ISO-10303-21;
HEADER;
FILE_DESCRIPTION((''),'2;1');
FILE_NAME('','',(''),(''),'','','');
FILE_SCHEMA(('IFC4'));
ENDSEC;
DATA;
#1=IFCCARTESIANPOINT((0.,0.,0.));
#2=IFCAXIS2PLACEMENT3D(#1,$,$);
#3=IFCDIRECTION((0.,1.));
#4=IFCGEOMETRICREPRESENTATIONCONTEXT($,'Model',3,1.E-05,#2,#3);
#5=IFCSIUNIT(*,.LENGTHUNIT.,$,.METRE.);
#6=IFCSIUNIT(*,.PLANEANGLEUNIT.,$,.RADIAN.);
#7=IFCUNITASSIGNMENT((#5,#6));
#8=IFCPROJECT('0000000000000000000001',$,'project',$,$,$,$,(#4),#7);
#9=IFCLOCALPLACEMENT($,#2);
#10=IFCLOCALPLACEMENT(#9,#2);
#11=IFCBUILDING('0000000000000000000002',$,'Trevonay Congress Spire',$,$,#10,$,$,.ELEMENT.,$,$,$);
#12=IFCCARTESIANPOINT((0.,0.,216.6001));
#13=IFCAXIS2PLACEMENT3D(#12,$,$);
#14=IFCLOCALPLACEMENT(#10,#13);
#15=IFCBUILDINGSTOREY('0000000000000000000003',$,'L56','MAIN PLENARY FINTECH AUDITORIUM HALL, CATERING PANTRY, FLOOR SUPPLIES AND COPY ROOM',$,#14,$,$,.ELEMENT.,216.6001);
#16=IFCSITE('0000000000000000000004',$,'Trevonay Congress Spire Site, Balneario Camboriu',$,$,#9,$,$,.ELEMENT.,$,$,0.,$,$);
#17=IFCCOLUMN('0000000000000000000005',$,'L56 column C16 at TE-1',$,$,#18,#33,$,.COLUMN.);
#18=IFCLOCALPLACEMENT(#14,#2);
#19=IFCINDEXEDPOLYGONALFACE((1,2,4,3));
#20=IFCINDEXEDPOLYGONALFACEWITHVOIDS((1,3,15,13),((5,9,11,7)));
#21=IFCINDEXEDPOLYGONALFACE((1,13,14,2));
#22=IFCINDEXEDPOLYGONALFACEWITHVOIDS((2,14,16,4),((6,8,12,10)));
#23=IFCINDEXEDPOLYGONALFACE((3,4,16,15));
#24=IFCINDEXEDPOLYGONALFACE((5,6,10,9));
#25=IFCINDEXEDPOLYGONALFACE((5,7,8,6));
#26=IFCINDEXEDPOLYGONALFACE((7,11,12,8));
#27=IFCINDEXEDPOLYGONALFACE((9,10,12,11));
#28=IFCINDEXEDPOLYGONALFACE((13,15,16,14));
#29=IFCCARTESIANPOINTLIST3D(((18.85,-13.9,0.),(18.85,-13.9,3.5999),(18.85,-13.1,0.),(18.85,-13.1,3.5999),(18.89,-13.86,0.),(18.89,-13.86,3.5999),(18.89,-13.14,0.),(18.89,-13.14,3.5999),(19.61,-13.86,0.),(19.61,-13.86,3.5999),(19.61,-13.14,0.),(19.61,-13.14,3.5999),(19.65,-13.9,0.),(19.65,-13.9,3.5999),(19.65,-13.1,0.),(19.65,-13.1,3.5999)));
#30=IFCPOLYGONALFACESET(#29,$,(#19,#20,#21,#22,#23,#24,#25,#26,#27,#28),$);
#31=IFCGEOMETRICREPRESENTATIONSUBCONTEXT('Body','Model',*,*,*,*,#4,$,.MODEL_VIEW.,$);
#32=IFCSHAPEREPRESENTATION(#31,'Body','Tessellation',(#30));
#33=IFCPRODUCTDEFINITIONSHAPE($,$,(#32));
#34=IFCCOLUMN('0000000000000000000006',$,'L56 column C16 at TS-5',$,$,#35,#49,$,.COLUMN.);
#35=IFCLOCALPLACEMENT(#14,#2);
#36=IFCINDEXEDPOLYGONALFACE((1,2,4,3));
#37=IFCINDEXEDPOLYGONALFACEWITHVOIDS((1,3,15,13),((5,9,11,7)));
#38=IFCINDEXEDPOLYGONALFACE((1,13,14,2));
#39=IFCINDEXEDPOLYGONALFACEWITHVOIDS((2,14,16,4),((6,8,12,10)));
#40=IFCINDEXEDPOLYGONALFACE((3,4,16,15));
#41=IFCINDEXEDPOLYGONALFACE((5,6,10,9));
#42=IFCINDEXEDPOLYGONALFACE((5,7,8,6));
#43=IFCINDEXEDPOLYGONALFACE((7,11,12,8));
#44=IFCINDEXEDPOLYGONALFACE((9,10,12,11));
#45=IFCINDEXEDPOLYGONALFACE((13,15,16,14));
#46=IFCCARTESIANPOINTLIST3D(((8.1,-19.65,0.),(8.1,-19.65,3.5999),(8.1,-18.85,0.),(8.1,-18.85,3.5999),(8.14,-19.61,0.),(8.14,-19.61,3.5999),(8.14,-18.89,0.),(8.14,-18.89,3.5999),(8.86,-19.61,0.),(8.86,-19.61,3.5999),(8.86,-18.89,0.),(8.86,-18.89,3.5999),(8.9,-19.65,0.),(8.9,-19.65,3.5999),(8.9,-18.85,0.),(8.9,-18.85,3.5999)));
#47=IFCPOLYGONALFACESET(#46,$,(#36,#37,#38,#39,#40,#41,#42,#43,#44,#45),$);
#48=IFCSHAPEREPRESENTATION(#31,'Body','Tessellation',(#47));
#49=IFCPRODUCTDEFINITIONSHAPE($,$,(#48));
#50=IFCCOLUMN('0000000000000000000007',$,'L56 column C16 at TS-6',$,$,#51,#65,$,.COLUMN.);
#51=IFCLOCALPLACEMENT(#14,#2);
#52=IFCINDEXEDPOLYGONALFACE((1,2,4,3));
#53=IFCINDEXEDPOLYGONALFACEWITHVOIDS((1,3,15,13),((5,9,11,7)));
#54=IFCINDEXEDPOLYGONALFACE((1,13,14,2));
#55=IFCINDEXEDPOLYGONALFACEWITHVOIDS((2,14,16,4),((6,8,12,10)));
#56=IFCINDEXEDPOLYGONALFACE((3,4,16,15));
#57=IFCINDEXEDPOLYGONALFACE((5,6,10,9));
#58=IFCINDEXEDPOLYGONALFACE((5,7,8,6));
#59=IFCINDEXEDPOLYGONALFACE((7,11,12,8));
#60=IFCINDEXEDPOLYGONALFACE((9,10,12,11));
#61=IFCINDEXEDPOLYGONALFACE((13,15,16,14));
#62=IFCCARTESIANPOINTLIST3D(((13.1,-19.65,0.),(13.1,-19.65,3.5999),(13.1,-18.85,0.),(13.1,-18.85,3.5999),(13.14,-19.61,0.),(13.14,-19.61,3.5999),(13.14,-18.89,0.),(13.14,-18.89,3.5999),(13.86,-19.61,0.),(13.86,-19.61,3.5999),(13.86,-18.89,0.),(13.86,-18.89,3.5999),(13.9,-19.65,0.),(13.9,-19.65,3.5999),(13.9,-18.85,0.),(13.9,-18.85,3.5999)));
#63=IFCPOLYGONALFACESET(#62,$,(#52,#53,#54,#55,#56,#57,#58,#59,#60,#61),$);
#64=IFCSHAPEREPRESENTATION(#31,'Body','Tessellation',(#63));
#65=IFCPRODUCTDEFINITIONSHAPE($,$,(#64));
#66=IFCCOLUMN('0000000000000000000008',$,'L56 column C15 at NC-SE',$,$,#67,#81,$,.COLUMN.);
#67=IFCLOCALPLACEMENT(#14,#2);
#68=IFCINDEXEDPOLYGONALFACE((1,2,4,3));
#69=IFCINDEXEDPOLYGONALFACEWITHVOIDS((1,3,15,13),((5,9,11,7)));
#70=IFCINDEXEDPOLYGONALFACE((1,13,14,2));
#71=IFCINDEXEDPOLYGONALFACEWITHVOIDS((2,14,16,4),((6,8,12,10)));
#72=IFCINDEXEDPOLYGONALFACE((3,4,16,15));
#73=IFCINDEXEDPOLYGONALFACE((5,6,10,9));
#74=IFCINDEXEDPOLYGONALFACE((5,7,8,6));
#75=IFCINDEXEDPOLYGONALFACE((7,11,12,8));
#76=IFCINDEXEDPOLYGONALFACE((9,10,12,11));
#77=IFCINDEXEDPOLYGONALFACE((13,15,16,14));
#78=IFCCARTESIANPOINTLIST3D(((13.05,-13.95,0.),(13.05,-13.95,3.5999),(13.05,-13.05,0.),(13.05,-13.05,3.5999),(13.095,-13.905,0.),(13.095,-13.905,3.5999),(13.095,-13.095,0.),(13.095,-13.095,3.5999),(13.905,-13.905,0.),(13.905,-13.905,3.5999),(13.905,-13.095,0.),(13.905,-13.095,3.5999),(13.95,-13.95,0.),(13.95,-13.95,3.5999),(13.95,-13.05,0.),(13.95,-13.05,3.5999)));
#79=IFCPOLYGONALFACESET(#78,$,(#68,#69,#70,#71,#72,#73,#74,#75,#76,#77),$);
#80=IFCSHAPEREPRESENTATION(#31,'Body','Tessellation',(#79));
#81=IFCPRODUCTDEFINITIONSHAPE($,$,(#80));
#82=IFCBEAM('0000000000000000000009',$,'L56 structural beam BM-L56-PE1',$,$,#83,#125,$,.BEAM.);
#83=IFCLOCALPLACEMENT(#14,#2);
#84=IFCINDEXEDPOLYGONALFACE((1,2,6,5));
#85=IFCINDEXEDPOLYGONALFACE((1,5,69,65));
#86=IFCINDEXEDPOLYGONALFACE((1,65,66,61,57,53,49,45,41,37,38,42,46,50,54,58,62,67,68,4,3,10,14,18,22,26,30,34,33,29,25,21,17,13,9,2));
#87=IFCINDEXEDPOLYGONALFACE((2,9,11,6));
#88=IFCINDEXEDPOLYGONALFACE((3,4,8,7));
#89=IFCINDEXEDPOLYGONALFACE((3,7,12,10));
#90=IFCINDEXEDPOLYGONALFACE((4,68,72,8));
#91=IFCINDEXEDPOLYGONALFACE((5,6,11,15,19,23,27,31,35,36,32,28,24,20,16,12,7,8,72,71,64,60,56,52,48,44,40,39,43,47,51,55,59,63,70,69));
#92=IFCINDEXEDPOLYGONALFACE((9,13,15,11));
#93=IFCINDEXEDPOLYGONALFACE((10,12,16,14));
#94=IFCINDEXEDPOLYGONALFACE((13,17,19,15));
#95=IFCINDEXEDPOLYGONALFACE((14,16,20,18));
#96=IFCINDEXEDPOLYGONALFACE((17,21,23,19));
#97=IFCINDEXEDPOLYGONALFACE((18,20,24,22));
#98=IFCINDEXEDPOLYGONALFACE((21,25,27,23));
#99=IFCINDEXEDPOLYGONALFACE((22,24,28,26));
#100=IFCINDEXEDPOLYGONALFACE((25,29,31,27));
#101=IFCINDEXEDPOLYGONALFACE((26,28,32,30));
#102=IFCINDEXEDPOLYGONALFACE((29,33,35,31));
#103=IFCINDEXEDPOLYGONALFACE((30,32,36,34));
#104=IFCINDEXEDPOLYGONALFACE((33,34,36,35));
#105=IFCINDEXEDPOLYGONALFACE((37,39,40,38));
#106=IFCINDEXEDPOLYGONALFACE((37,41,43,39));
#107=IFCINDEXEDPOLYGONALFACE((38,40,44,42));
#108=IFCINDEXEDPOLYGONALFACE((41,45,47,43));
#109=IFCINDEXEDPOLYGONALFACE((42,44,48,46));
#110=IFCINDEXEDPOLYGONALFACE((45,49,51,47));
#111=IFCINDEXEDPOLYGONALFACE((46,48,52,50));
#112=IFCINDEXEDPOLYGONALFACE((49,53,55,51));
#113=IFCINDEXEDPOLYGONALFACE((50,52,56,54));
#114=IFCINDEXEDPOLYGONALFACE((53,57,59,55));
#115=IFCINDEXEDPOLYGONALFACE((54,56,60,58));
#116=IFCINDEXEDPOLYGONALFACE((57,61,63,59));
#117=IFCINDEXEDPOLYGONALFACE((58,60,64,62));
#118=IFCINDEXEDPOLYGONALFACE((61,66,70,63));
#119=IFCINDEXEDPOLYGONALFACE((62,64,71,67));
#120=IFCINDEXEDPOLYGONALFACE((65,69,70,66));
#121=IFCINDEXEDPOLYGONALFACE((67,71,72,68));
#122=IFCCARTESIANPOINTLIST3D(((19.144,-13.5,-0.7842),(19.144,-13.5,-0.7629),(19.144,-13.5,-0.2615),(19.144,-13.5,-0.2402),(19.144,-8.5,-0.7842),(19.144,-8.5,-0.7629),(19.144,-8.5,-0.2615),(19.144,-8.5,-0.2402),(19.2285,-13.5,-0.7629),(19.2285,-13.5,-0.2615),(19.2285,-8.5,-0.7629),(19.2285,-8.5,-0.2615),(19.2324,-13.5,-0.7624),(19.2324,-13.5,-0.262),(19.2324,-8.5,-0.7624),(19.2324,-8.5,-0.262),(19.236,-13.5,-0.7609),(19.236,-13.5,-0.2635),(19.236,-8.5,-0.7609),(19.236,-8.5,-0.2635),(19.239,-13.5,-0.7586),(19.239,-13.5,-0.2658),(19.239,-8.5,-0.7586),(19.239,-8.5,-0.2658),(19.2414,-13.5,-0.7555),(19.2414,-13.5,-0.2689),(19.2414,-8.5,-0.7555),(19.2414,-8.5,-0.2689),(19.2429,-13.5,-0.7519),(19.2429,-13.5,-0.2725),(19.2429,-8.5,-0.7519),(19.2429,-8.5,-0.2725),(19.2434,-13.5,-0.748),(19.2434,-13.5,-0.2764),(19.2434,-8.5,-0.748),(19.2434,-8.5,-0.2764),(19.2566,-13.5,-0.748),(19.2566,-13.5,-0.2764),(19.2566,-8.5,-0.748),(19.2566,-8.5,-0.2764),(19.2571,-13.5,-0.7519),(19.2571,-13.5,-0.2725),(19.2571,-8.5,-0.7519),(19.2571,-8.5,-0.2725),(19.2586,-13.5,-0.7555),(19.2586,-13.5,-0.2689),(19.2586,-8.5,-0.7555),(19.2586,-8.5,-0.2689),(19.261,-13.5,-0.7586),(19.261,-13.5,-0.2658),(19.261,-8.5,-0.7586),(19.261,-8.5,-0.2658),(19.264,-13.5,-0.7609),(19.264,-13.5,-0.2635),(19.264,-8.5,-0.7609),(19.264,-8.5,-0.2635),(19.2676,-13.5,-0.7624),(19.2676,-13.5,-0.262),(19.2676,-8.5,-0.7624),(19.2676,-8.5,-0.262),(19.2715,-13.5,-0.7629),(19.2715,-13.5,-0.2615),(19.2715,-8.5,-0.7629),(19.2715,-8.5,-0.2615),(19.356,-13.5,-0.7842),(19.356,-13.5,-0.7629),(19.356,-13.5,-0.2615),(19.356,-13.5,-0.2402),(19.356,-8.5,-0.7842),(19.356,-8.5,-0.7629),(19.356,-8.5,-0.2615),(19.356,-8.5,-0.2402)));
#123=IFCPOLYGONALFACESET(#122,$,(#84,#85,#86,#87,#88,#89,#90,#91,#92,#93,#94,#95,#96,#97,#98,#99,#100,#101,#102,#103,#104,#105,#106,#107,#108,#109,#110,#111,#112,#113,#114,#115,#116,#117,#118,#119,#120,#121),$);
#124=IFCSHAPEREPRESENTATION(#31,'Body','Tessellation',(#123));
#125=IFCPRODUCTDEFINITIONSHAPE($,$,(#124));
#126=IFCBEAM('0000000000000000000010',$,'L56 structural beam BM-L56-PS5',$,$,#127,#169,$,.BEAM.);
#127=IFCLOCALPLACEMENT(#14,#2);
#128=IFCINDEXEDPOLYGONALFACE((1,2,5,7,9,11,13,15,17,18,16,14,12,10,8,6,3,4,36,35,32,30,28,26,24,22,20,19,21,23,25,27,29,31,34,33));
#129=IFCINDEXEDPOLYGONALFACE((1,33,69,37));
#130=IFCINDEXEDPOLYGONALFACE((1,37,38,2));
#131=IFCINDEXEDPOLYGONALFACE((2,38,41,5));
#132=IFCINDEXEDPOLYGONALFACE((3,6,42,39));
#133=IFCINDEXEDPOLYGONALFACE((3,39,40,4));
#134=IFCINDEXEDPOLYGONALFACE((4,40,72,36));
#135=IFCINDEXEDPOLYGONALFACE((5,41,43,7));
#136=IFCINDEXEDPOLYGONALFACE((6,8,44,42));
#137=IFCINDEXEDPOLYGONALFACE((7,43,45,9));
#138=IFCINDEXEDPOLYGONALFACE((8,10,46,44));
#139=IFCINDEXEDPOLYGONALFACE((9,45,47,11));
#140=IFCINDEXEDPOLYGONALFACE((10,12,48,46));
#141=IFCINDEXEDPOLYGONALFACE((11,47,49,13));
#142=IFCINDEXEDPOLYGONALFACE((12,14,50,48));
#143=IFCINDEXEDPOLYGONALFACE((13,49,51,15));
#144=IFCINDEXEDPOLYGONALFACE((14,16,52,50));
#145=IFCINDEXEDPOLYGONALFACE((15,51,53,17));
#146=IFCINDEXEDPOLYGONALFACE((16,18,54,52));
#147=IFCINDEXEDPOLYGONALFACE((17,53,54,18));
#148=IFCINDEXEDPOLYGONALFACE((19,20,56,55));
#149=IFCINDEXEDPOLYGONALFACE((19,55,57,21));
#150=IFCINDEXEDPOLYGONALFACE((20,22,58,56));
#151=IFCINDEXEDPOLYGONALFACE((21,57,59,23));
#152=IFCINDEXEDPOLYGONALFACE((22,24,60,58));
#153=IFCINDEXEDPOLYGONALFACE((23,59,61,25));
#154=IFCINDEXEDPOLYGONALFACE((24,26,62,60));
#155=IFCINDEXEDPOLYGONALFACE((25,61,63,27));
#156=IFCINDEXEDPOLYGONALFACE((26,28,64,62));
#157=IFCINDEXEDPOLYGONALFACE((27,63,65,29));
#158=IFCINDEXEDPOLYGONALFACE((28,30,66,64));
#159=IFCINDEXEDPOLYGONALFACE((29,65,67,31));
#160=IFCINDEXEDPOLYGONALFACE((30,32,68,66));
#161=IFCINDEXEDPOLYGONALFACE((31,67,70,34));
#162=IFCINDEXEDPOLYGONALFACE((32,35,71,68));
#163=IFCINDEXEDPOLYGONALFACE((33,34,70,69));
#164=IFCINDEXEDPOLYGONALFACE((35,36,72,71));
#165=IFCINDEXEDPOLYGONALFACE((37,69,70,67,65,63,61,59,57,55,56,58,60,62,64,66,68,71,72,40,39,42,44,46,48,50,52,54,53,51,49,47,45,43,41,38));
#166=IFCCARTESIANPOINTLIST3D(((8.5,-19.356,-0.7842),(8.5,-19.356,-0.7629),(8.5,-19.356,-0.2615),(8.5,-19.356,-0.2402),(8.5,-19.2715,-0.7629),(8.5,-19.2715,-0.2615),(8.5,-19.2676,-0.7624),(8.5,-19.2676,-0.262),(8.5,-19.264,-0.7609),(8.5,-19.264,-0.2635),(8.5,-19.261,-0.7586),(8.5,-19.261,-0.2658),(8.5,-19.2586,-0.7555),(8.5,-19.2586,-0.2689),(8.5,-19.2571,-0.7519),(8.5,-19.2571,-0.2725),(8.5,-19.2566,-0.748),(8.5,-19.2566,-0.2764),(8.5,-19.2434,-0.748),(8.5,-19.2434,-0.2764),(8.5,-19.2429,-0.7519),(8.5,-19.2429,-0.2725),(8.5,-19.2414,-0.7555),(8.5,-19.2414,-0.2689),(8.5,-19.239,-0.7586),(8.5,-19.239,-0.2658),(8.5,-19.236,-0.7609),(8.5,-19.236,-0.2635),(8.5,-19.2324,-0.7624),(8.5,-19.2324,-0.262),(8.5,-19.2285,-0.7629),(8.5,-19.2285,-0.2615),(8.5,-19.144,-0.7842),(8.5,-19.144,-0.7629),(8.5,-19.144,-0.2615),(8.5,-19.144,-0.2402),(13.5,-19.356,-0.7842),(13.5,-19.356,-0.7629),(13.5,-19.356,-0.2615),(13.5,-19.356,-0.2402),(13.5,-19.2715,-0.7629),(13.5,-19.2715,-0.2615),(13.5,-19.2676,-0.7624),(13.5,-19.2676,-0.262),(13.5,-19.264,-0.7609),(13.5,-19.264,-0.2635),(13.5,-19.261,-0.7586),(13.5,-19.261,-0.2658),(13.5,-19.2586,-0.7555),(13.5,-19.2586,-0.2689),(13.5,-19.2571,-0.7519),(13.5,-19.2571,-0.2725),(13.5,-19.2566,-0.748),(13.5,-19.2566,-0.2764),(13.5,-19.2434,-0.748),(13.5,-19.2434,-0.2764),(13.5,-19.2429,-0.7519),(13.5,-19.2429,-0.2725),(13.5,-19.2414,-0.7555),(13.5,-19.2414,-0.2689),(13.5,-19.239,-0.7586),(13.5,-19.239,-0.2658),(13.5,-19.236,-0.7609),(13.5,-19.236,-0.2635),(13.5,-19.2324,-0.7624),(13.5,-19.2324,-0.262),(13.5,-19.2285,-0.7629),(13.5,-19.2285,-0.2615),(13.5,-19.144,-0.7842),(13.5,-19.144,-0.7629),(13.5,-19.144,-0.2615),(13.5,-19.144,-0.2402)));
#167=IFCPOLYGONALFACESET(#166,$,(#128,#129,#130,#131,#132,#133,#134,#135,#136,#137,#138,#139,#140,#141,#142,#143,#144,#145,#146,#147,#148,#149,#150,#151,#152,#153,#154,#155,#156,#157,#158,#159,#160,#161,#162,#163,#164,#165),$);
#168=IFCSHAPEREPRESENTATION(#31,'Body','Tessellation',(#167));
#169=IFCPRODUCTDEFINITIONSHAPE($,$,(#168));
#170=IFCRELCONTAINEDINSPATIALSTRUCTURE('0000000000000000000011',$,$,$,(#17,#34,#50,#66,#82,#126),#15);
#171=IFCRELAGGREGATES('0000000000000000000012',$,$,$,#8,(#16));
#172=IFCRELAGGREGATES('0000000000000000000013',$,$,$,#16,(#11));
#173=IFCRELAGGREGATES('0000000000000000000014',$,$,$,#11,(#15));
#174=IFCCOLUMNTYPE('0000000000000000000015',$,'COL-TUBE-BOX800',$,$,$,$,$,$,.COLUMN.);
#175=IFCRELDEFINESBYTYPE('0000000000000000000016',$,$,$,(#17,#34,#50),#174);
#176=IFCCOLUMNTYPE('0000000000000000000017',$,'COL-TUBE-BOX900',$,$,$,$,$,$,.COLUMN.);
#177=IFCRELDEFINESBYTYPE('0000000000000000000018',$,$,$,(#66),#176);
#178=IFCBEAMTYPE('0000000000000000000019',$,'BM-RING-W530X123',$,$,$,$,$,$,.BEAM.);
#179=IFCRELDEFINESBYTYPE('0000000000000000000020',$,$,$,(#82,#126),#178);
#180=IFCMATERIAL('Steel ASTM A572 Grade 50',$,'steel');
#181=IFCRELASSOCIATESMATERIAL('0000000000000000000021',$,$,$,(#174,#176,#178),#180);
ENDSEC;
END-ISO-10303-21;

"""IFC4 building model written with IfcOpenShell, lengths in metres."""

from ifc_helpers import new_model, si_unit, direction, frame, origin, origin_2d, place, context, subcontext, project, spatial, hollow_rectangle, i_section, extrude, material, material_profile, profile_set, type_object, element, save


model = new_model("IFC4")

# Units and contexts
model_context = context("Model", 3, precision=1e-05, world=origin(), true_north=direction((0.0, 1.0)))
body_context = subcontext(model_context, "Body", "Model", "MODEL_VIEW")
ifc_project = project(units=[si_unit("LENGTHUNIT", "METRE"), si_unit("PLANEANGLEUNIT", "RADIAN")], contexts=[model_context])

# Site, building, storey
site_placement = place(None, origin())
site = spatial("IfcSite", under=ifc_project, at=site_placement, Name="Trevonay Congress Spire Site, Balneario Camboriu", CompositionType="ELEMENT", RefElevation=0.0)
building_placement = place(site_placement, origin())
building = spatial("IfcBuilding", under=site, at=building_placement, Name="Trevonay Congress Spire", CompositionType="ELEMENT")
storey_placement = place(building_placement, frame((0.0, 0.0, 216.6001)))
storey = spatial("IfcBuildingStorey", under=building, at=storey_placement, Name="L56", Description="MAIN PLENARY FINTECH AUDITORIUM HALL, CATERING PANTRY, FLOOR SUPPLIES AND COPY ROOM", CompositionType="ELEMENT", Elevation=216.6001)

# Columns
ifc_material_1 = material(Name="Steel ASTM A572 Grade 50", Category="steel")
ifc_material_profile_1 = material_profile(ifc_material_1, hollow_rectangle(XDim=0.8, YDim=0.8, WallThickness=0.04, at=origin_2d()), Name="BOX 800x800x40")
ifc_profile_set_1 = profile_set([ifc_material_profile_1], Name="Steel ASTM A572 Grade 50")
column_type_1 = type_object("IfcColumnType", Name="COL-TUBE-BOX800", PredefinedType="COLUMN", material=ifc_profile_set_1)
for number, where, z_axis, x_axis, name in (
    (1, (19.25, -13.5, 0.0), (0.0, 0.0, 1.0), (1.0, 0.0, 0.0), "L56 column C16 at TE-1"),
    (2, (8.5, -19.25, 0.0), (0.0, 0.0, 1.0), (1.0, 0.0, 0.0), "L56 column C16 at TS-5"),
    (3, (13.5, -19.25, 0.0), (0.0, 0.0, 1.0), (1.0, 0.0, 0.0), "L56 column C16 at TS-6"),
):
    element("IfcColumn", number, at=place(storey_placement, frame(where, z_axis=z_axis, x_axis=x_axis)), inside=storey, type_object=column_type_1, Name=name, PredefinedType="COLUMN", context=body_context, shape_type="SweptSolid", body=[
        extrude(hollow_rectangle(XDim=0.8, YDim=0.8, WallThickness=0.04, at=origin_2d()), origin(), (0.0, 0.0, 1.0), 3.5999),
    ])
ifc_material_profile_2 = material_profile(ifc_material_1, hollow_rectangle(XDim=0.8999, YDim=0.8999, WallThickness=0.0449, at=origin_2d()), Name="BOX 900x900x45")
ifc_profile_set_2 = profile_set([ifc_material_profile_2], Name="Steel ASTM A572 Grade 50")
column_type_2 = type_object("IfcColumnType", Name="COL-TUBE-BOX900", PredefinedType="COLUMN", material=ifc_profile_set_2)
column_placement = place(storey_placement, frame((13.5, -13.5, 0.0), z_axis=(0.0, 0.0, 1.0), x_axis=(1.0, 0.0, 0.0)))
element("IfcColumn", 4, at=column_placement, inside=storey, type_object=column_type_2, Name="L56 column C15 at NC-SE", PredefinedType="COLUMN", context=body_context, shape_type="SweptSolid", body=[
    extrude(hollow_rectangle(XDim=0.8999, YDim=0.8999, WallThickness=0.0449, at=origin_2d()), origin(), (0.0, 0.0, 1.0), 3.5999),
])

# Beams
ifc_material_profile_3 = material_profile(ifc_material_1, i_section(OverallWidth=0.2119, OverallDepth=0.5439, WebThickness=0.0132, FlangeThickness=0.0212, FilletRadius=0.0149, at=origin_2d()), Name="W530x123")
ifc_profile_set_3 = profile_set([ifc_material_profile_3], Name="Steel ASTM A572 Grade 50")
beam_type_1 = type_object("IfcBeamType", Name="BM-RING-W530X123", PredefinedType="BEAM", material=ifc_profile_set_3)
for number, where, z_axis, x_axis, name in (
    (5, (19.25, -13.5, -0.5122), (0.0, 1.0, 0.0), (-1.0, 0.0, 0.0), "L56 structural beam BM-L56-PE1"),
    (6, (8.5, -19.25, -0.5122), (1.0, 0.0, 0.0), (0.0, 1.0, 0.0), "L56 structural beam BM-L56-PS5"),
):
    element("IfcBeam", number, at=place(storey_placement, frame(where, z_axis=z_axis, x_axis=x_axis)), inside=storey, type_object=beam_type_1, Name=name, PredefinedType="BEAM", context=body_context, shape_type="SweptSolid", body=[
        extrude(i_section(OverallWidth=0.2119, OverallDepth=0.5439, WebThickness=0.0132, FlangeThickness=0.0212, FilletRadius=0.0149, at=origin_2d()), origin(), (0.0, 0.0, 1.0), 5.0),
    ])

save(model, "model.ifc")
